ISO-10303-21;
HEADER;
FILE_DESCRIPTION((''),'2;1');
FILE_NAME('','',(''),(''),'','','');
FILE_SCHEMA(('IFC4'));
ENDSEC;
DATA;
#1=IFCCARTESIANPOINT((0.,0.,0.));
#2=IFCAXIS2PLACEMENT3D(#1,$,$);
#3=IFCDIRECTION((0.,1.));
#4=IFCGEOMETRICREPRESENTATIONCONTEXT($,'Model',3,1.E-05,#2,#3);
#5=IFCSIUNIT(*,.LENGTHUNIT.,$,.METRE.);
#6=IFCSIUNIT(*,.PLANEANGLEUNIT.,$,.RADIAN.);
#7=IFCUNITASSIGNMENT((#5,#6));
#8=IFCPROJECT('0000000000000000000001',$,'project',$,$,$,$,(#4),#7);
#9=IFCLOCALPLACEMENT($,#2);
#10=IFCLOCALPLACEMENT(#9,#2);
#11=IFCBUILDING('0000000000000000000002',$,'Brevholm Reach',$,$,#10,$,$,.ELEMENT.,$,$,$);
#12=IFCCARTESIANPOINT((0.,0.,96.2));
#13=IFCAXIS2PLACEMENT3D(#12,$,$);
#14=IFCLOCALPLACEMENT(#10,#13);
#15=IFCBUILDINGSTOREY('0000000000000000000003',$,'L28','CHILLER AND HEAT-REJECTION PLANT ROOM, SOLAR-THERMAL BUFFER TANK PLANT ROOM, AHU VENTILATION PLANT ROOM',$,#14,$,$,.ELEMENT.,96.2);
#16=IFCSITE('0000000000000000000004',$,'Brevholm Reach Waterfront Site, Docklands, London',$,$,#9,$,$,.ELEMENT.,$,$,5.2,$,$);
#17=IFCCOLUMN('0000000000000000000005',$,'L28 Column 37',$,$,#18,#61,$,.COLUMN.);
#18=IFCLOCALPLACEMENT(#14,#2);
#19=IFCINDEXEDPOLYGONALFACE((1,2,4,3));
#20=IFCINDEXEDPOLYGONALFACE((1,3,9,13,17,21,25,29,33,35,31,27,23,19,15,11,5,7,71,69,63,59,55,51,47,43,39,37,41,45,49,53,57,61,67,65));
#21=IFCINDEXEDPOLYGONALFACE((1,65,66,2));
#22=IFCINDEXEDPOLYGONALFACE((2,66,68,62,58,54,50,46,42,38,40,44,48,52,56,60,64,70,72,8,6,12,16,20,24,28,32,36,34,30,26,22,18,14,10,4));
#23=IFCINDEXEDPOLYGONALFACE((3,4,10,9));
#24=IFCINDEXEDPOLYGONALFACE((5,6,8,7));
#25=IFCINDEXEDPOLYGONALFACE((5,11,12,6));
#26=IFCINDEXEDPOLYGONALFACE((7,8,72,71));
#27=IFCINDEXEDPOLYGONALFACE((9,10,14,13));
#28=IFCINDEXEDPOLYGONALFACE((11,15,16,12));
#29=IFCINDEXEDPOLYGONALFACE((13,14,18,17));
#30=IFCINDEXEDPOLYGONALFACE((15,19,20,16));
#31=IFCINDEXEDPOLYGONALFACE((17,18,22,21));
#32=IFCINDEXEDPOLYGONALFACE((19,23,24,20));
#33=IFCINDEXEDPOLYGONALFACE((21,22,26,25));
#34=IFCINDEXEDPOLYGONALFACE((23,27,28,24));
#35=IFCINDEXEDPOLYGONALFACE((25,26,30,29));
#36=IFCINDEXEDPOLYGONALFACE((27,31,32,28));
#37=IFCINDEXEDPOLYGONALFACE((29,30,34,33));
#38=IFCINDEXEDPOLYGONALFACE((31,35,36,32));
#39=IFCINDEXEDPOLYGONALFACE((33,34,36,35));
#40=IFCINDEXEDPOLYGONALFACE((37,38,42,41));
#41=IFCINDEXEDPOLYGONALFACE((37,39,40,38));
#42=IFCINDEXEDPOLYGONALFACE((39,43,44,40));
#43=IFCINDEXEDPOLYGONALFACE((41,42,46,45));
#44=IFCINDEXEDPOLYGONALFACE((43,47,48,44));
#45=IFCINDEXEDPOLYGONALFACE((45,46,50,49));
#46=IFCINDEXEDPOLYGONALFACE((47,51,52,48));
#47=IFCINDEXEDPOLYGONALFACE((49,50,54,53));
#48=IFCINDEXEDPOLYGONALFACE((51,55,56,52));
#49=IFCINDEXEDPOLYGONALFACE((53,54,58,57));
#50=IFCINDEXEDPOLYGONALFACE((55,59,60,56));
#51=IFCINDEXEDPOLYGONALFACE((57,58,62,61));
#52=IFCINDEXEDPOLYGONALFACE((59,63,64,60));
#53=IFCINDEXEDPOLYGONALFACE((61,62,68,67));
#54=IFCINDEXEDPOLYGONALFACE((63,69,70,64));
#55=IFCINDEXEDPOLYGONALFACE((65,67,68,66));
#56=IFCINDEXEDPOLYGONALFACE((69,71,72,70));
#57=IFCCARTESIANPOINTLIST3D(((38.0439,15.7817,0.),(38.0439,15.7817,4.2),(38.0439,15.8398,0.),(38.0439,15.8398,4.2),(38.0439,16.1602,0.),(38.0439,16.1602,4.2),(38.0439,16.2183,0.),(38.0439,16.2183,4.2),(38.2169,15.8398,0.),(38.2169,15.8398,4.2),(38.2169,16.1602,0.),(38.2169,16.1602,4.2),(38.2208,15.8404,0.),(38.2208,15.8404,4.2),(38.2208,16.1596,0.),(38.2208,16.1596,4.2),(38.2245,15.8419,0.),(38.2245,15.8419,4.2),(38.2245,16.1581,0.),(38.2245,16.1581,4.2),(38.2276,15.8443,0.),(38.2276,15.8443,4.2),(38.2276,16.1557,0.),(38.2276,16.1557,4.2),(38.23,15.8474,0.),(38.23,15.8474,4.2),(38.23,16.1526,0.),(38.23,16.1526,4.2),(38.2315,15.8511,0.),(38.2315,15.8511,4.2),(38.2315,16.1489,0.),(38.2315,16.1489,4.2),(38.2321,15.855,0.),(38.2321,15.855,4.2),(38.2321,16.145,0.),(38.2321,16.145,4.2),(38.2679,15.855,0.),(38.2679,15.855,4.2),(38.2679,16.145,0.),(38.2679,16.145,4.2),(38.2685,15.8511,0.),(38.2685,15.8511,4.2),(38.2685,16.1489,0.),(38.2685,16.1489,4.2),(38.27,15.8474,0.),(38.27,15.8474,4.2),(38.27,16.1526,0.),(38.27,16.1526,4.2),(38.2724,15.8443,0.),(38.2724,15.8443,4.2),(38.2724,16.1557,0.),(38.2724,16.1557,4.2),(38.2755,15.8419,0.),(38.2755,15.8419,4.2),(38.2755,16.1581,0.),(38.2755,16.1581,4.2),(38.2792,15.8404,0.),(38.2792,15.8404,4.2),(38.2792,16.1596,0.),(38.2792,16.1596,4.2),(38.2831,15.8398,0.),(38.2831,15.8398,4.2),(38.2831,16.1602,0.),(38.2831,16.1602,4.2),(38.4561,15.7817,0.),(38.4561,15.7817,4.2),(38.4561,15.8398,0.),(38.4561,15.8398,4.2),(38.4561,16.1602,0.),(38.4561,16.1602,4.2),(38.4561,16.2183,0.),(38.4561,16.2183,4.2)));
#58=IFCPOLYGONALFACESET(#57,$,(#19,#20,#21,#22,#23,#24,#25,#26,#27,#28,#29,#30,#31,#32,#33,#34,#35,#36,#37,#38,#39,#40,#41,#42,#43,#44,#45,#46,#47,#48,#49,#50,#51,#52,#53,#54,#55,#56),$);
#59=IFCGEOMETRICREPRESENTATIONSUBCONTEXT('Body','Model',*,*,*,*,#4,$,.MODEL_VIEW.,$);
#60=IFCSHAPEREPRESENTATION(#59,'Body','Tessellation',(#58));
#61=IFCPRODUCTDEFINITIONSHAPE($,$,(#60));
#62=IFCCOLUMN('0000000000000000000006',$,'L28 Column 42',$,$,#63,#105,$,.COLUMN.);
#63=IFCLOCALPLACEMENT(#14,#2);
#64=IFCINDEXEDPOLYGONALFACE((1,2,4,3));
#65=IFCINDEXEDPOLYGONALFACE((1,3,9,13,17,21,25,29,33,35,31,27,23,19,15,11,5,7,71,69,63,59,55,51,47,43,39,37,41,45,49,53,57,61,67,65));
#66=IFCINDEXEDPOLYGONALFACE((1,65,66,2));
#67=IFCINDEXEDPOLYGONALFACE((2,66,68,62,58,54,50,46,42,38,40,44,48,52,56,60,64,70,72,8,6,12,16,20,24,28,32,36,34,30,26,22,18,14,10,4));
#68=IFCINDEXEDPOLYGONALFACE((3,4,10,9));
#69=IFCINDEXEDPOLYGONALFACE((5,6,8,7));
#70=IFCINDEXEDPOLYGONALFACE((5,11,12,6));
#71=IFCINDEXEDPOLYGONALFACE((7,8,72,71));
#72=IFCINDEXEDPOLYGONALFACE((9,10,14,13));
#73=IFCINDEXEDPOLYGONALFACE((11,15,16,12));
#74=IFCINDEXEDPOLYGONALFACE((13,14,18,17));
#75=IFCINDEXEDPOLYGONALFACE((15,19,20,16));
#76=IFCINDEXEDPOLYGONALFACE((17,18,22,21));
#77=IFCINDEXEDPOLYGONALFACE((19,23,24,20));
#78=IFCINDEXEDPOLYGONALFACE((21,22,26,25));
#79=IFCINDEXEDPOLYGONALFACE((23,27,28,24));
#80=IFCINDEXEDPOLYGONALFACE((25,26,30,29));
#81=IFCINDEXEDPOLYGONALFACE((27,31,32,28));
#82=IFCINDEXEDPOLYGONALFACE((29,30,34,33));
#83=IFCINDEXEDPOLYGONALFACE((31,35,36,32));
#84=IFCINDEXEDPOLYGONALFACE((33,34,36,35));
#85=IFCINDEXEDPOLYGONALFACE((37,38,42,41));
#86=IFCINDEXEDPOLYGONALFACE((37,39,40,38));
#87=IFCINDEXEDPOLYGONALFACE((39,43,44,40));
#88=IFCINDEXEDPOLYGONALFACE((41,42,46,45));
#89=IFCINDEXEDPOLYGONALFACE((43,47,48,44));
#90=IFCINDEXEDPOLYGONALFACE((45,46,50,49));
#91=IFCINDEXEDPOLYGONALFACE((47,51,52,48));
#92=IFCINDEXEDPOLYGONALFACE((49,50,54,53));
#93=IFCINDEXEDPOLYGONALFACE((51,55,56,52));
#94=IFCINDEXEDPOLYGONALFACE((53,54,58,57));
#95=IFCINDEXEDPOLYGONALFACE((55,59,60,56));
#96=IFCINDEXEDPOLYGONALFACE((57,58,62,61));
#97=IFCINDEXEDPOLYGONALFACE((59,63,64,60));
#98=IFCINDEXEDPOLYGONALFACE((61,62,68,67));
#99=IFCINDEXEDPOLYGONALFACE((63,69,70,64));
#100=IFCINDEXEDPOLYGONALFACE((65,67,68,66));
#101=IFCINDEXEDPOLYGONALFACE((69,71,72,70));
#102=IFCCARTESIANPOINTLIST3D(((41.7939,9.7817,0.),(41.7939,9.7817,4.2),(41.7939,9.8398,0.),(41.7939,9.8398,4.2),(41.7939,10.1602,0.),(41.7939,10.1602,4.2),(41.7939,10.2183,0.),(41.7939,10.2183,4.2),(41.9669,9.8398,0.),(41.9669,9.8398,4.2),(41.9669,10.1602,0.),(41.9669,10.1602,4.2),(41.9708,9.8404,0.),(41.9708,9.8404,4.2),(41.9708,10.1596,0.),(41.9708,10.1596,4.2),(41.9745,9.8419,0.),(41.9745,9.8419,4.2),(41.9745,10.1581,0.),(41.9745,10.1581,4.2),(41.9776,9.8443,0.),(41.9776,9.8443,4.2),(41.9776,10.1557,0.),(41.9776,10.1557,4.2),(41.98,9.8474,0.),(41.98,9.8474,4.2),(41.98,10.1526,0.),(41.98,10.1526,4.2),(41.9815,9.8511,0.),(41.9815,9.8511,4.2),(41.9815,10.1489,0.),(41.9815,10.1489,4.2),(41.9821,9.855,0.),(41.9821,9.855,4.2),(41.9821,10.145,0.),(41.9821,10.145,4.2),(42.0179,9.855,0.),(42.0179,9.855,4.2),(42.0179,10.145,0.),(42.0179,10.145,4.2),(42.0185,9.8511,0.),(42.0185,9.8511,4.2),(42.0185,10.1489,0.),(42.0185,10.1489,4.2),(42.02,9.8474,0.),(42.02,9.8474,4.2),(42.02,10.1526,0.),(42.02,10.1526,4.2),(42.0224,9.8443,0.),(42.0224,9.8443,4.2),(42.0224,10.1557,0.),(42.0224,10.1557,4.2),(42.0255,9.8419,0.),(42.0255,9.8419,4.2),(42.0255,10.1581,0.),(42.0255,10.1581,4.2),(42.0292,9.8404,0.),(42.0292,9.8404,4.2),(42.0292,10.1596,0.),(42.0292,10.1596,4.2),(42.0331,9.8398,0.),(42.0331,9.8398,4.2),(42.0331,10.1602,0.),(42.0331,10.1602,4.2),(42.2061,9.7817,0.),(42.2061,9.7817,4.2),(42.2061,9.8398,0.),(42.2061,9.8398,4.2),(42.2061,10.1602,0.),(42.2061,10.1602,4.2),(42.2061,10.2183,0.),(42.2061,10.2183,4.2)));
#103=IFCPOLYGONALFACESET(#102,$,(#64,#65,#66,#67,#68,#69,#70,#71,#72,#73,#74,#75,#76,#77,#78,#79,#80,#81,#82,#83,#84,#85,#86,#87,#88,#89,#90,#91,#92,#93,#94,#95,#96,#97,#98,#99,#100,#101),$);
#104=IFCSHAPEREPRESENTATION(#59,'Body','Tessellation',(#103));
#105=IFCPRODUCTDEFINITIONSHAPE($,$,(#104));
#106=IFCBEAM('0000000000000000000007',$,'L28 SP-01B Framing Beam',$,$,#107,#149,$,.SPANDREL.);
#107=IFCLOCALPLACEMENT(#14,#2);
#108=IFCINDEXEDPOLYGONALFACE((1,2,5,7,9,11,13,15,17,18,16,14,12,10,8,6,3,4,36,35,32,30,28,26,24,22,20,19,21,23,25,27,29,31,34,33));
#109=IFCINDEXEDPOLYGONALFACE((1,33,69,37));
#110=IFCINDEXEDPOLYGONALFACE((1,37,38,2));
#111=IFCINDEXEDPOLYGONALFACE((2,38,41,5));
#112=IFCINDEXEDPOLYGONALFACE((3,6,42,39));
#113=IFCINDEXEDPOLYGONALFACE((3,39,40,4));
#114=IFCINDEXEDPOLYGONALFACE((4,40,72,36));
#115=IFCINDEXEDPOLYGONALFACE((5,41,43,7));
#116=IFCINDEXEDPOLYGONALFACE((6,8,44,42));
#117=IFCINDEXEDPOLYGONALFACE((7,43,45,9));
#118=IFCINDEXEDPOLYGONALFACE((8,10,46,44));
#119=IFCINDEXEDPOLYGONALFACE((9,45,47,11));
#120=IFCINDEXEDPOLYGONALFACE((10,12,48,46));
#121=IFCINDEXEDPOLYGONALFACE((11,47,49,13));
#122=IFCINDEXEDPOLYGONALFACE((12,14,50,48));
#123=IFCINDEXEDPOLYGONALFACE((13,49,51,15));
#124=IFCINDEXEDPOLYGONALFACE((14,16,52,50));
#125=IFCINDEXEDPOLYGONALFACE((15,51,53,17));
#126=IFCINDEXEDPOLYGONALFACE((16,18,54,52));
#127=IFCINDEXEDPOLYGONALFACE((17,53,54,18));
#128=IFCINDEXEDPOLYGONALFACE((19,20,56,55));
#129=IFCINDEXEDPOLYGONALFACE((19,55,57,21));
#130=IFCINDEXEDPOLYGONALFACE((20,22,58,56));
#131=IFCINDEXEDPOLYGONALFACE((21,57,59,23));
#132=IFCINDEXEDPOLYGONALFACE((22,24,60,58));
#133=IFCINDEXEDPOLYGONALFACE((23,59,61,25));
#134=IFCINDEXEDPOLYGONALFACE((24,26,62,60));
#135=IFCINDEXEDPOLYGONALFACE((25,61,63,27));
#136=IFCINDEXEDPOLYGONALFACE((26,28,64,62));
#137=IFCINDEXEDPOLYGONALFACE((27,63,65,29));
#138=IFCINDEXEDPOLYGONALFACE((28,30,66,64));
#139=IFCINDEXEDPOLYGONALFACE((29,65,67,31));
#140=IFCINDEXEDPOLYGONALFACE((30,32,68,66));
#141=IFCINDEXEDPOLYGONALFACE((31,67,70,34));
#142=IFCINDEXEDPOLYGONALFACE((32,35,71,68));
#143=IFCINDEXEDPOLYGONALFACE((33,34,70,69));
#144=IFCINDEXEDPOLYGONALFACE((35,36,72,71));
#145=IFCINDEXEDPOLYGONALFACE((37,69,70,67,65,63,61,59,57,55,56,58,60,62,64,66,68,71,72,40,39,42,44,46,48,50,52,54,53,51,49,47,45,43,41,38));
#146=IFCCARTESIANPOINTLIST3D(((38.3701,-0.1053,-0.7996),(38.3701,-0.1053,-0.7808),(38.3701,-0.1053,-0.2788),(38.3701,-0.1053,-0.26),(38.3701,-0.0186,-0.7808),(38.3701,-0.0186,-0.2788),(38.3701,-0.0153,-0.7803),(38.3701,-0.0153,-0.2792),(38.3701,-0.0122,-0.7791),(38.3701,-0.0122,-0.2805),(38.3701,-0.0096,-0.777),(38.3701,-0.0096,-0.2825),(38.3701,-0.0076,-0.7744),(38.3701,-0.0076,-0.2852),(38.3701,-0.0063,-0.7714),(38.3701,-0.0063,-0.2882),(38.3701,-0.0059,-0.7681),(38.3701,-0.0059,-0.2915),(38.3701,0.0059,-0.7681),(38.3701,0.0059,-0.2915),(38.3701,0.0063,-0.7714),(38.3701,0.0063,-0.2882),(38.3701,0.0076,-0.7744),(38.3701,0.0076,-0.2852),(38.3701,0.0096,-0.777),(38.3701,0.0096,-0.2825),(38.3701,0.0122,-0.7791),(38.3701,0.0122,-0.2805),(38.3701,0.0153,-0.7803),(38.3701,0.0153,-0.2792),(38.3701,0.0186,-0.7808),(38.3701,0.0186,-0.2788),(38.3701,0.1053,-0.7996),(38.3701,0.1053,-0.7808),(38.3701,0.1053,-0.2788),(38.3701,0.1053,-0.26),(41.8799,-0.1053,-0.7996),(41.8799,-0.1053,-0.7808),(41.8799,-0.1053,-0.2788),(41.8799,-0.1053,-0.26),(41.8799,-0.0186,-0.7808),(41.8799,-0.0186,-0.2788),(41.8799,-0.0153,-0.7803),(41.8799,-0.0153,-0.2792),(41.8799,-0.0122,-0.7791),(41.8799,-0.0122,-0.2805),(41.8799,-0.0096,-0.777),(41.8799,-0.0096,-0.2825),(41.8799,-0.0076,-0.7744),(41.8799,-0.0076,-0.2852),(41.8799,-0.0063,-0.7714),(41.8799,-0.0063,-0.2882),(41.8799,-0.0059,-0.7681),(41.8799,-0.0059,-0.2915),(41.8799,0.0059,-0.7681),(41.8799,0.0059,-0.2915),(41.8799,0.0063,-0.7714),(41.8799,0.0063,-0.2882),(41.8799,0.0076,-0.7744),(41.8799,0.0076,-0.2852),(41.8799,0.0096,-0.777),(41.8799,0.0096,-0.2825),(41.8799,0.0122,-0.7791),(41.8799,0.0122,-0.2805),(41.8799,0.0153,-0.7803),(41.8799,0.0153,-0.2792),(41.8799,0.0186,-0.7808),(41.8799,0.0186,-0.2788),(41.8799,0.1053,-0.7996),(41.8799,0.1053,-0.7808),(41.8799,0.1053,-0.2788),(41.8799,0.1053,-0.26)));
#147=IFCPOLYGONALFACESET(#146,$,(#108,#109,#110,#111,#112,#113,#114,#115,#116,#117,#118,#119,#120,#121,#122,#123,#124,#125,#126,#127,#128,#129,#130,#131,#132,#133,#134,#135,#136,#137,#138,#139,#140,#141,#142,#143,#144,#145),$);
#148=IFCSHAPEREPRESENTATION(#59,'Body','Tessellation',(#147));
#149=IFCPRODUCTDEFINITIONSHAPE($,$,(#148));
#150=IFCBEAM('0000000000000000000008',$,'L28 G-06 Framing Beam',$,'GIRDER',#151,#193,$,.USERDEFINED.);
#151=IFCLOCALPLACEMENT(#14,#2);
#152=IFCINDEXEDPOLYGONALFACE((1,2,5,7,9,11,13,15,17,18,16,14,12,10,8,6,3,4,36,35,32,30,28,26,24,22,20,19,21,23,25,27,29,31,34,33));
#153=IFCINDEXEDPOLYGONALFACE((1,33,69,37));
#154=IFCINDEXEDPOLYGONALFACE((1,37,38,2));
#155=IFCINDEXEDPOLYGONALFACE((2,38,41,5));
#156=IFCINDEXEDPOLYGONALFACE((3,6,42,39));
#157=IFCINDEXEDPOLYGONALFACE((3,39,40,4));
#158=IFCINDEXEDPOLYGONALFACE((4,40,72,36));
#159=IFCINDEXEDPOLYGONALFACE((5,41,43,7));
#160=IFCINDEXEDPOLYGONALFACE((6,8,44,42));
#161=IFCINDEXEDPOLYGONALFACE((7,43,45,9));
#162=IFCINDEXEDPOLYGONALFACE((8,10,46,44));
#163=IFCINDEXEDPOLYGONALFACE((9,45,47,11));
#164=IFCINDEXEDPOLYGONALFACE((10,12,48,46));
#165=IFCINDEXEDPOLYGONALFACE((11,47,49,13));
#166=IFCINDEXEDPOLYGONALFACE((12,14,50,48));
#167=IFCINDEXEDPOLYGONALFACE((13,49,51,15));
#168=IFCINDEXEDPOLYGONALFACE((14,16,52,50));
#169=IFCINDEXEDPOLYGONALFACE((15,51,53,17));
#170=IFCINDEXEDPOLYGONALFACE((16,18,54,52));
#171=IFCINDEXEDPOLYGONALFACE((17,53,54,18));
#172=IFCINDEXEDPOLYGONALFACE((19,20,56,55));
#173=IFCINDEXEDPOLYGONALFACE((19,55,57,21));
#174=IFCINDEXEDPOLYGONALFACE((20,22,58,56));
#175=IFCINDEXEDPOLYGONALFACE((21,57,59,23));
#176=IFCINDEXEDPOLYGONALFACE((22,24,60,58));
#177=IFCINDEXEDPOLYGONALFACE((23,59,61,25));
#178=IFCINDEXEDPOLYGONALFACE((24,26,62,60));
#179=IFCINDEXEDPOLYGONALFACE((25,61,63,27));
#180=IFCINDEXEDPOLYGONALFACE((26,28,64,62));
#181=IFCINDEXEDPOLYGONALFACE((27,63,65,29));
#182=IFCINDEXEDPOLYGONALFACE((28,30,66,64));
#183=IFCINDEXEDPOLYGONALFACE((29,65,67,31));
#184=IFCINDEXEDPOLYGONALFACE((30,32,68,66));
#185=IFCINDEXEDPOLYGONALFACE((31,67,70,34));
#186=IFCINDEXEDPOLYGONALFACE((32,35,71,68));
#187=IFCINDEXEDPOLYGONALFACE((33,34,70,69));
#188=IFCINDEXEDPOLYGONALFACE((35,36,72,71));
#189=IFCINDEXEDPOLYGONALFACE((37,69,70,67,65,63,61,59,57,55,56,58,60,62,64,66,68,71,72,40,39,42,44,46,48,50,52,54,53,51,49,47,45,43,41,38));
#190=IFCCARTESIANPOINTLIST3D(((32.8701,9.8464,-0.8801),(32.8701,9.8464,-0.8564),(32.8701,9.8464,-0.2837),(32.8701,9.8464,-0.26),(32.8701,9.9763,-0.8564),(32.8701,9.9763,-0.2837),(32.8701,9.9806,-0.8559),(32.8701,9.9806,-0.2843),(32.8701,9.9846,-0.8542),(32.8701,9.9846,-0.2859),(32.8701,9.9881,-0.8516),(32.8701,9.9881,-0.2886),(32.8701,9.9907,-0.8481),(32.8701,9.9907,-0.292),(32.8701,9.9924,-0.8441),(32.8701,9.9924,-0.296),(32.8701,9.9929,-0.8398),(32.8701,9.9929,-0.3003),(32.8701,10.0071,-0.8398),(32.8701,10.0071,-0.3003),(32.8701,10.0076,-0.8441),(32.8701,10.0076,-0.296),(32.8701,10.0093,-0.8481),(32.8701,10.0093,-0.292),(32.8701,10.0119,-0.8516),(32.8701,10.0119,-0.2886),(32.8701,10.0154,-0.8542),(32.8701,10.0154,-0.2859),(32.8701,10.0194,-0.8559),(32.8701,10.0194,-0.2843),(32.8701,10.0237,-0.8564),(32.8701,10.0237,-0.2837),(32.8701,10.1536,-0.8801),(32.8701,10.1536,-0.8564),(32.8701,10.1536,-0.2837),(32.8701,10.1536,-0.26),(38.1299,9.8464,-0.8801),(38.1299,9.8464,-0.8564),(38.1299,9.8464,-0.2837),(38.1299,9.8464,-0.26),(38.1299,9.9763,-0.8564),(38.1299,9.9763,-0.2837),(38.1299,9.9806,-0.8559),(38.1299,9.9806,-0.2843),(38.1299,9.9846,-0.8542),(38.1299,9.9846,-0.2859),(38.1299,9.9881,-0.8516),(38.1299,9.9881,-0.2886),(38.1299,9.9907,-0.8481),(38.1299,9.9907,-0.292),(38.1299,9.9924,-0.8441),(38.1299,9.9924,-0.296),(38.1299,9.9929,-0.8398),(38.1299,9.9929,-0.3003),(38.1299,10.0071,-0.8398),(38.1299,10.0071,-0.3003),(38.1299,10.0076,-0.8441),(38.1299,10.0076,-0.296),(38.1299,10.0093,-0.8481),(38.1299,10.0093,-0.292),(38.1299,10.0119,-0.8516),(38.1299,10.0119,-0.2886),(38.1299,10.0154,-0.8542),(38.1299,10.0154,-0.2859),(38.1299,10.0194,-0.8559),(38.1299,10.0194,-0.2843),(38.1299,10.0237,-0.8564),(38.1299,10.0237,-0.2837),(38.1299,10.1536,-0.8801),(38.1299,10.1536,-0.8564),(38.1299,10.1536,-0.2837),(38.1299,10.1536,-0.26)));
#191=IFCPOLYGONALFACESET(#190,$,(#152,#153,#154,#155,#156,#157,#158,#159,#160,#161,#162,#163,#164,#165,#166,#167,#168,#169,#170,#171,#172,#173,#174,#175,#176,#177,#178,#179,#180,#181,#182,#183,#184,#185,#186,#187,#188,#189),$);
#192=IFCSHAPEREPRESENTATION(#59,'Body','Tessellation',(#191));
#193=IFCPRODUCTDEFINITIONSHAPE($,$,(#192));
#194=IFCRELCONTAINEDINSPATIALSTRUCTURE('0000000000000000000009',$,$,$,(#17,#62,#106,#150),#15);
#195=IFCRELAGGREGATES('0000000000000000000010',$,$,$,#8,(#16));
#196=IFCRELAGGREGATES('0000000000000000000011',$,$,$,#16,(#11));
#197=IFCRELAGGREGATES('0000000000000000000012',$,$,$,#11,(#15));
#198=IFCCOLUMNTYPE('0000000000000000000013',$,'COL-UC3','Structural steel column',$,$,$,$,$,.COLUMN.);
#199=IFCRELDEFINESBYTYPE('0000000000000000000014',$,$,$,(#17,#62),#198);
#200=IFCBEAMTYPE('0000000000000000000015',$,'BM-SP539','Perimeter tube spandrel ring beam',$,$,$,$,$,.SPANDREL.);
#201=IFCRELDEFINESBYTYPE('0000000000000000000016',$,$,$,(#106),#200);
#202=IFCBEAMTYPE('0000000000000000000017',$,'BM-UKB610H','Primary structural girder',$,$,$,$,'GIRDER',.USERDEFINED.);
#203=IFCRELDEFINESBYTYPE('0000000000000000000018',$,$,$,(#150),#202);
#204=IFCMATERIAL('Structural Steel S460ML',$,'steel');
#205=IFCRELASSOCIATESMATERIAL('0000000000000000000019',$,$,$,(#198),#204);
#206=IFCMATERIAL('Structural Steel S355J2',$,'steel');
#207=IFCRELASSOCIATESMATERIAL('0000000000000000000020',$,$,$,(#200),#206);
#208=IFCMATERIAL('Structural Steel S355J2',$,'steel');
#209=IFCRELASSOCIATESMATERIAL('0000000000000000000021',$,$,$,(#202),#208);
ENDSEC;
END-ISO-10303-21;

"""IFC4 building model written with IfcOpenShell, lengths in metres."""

from ifc_helpers import new_model, si_unit, direction, frame, origin, origin_2d, place, context, subcontext, project, spatial, i_section, extrude, material, material_profile, profile_set, type_object, element, save


model = new_model("IFC4")

# Units and contexts
model_context = context("Model", 3, precision=1e-05, world=origin(), true_north=direction((0.0, 1.0)))
body_context = subcontext(model_context, "Body", "Model", "MODEL_VIEW")
ifc_project = project(units=[si_unit("LENGTHUNIT", "METRE"), si_unit("PLANEANGLEUNIT", "RADIAN")], contexts=[model_context])

# Site, building, storey
site_placement = place(None, origin())
site = spatial("IfcSite", under=ifc_project, at=site_placement, Name="Brevholm Reach Waterfront Site, Docklands, London", CompositionType="ELEMENT", RefElevation=5.2)
building_placement = place(site_placement, origin())
building = spatial("IfcBuilding", under=site, at=building_placement, Name="Brevholm Reach", CompositionType="ELEMENT")
storey_placement = place(building_placement, frame((0.0, 0.0, 96.2)))
storey = spatial("IfcBuildingStorey", under=building, at=storey_placement, Name="L28", Description="CHILLER AND HEAT-REJECTION PLANT ROOM, SOLAR-THERMAL BUFFER TANK PLANT ROOM, AHU VENTILATION PLANT ROOM", CompositionType="ELEMENT", Elevation=96.2)

# Columns
ifc_material_1 = material(Name="Structural Steel S460ML", Category="steel")
ifc_material_profile_1 = material_profile(ifc_material_1, i_section(OverallWidth=0.4121, OverallDepth=0.4365, WebThickness=0.0359, FlangeThickness=0.0581, FilletRadius=0.0151, at=origin_2d()), Name="UKC 356x406x467")
ifc_profile_set_1 = profile_set([ifc_material_profile_1], Name="Structural Steel S460ML")
column_type_1 = type_object("IfcColumnType", Name="COL-UC3", Description="Structural steel column", PredefinedType="COLUMN", material=ifc_profile_set_1)
for number, where, z_axis, x_axis, name in (
    (1, (38.25, 16.0, 0.0), (0.0, 0.0, 1.0), (1.0, 0.0, 0.0), "L28 Column 37"),
    (2, (42.0, 10.0, 0.0), (0.0, 0.0, 1.0), (1.0, 0.0, 0.0), "L28 Column 42"),
):
    element("IfcColumn", number, at=place(storey_placement, frame(where, z_axis=z_axis, x_axis=x_axis)), inside=storey, type_object=column_type_1, Name=name, PredefinedType="COLUMN", context=body_context, shape_type="SweptSolid", body=[
        extrude(i_section(OverallWidth=0.4121, OverallDepth=0.4365, WebThickness=0.0359, FlangeThickness=0.0581, FilletRadius=0.0151, at=origin_2d()), origin(), (0.0, 0.0, 1.0), 4.2),
    ])

# Beams
ifc_material_2 = material(Name="Structural Steel S355J2", Category="steel")
ifc_material_profile_2 = material_profile(ifc_material_2, i_section(OverallWidth=0.2107, OverallDepth=0.5396, WebThickness=0.0117, FlangeThickness=0.0188, FilletRadius=0.0127, at=origin_2d()), Name="UKB 533x210x109")
ifc_profile_set_2 = profile_set([ifc_material_profile_2], Name="Structural Steel S355J2")
beam_type_1 = type_object("IfcBeamType", Name="BM-SP539", Description="Perimeter tube spandrel ring beam", PredefinedType="SPANDREL", material=ifc_profile_set_2)
beam_1_placement = place(storey_placement, frame((38.3701, 0.0, -0.5298), z_axis=(1.0, 0.0, 0.0), x_axis=(0.0, 1.0, 0.0)))
element("IfcBeam", 3, at=beam_1_placement, inside=storey, type_object=beam_type_1, Name="L28 SP-01B Framing Beam", PredefinedType="SPANDREL", context=body_context, shape_type="SweptSolid", body=[
    extrude(i_section(OverallWidth=0.2107, OverallDepth=0.5396, WebThickness=0.0117, FlangeThickness=0.0188, FilletRadius=0.0127, at=origin_2d()), origin(), (0.0, 0.0, 1.0), 3.5098),
])
ifc_material_3 = material(Name="Structural Steel S355J2", Category="steel")
ifc_material_profile_3 = material_profile(ifc_material_3, i_section(OverallWidth=0.3071, OverallDepth=0.6201, WebThickness=0.0142, FlangeThickness=0.0237, FilletRadius=0.0166, at=origin_2d()), Name="UKB 610x305x179")
ifc_profile_set_3 = profile_set([ifc_material_profile_3], Name="Structural Steel S355J2")
beam_type_2 = type_object("IfcBeamType", Name="BM-UKB610H", Description="Primary structural girder", ElementType="GIRDER", PredefinedType="USERDEFINED", material=ifc_profile_set_3)
beam_2_placement = place(storey_placement, frame((32.8701, 10.0, -0.5701), z_axis=(1.0, 0.0, 0.0), x_axis=(0.0, 1.0, 0.0)))
element("IfcBeam", 4, at=beam_2_placement, inside=storey, type_object=beam_type_2, Name="L28 G-06 Framing Beam", ObjectType="GIRDER", PredefinedType="USERDEFINED", context=body_context, shape_type="SweptSolid", body=[
    extrude(i_section(OverallWidth=0.3071, OverallDepth=0.6201, WebThickness=0.0142, FlangeThickness=0.0237, FilletRadius=0.0166, at=origin_2d()), origin(), (0.0, 0.0, 1.0), 5.2598),
])

save(model, "model.ifc")
